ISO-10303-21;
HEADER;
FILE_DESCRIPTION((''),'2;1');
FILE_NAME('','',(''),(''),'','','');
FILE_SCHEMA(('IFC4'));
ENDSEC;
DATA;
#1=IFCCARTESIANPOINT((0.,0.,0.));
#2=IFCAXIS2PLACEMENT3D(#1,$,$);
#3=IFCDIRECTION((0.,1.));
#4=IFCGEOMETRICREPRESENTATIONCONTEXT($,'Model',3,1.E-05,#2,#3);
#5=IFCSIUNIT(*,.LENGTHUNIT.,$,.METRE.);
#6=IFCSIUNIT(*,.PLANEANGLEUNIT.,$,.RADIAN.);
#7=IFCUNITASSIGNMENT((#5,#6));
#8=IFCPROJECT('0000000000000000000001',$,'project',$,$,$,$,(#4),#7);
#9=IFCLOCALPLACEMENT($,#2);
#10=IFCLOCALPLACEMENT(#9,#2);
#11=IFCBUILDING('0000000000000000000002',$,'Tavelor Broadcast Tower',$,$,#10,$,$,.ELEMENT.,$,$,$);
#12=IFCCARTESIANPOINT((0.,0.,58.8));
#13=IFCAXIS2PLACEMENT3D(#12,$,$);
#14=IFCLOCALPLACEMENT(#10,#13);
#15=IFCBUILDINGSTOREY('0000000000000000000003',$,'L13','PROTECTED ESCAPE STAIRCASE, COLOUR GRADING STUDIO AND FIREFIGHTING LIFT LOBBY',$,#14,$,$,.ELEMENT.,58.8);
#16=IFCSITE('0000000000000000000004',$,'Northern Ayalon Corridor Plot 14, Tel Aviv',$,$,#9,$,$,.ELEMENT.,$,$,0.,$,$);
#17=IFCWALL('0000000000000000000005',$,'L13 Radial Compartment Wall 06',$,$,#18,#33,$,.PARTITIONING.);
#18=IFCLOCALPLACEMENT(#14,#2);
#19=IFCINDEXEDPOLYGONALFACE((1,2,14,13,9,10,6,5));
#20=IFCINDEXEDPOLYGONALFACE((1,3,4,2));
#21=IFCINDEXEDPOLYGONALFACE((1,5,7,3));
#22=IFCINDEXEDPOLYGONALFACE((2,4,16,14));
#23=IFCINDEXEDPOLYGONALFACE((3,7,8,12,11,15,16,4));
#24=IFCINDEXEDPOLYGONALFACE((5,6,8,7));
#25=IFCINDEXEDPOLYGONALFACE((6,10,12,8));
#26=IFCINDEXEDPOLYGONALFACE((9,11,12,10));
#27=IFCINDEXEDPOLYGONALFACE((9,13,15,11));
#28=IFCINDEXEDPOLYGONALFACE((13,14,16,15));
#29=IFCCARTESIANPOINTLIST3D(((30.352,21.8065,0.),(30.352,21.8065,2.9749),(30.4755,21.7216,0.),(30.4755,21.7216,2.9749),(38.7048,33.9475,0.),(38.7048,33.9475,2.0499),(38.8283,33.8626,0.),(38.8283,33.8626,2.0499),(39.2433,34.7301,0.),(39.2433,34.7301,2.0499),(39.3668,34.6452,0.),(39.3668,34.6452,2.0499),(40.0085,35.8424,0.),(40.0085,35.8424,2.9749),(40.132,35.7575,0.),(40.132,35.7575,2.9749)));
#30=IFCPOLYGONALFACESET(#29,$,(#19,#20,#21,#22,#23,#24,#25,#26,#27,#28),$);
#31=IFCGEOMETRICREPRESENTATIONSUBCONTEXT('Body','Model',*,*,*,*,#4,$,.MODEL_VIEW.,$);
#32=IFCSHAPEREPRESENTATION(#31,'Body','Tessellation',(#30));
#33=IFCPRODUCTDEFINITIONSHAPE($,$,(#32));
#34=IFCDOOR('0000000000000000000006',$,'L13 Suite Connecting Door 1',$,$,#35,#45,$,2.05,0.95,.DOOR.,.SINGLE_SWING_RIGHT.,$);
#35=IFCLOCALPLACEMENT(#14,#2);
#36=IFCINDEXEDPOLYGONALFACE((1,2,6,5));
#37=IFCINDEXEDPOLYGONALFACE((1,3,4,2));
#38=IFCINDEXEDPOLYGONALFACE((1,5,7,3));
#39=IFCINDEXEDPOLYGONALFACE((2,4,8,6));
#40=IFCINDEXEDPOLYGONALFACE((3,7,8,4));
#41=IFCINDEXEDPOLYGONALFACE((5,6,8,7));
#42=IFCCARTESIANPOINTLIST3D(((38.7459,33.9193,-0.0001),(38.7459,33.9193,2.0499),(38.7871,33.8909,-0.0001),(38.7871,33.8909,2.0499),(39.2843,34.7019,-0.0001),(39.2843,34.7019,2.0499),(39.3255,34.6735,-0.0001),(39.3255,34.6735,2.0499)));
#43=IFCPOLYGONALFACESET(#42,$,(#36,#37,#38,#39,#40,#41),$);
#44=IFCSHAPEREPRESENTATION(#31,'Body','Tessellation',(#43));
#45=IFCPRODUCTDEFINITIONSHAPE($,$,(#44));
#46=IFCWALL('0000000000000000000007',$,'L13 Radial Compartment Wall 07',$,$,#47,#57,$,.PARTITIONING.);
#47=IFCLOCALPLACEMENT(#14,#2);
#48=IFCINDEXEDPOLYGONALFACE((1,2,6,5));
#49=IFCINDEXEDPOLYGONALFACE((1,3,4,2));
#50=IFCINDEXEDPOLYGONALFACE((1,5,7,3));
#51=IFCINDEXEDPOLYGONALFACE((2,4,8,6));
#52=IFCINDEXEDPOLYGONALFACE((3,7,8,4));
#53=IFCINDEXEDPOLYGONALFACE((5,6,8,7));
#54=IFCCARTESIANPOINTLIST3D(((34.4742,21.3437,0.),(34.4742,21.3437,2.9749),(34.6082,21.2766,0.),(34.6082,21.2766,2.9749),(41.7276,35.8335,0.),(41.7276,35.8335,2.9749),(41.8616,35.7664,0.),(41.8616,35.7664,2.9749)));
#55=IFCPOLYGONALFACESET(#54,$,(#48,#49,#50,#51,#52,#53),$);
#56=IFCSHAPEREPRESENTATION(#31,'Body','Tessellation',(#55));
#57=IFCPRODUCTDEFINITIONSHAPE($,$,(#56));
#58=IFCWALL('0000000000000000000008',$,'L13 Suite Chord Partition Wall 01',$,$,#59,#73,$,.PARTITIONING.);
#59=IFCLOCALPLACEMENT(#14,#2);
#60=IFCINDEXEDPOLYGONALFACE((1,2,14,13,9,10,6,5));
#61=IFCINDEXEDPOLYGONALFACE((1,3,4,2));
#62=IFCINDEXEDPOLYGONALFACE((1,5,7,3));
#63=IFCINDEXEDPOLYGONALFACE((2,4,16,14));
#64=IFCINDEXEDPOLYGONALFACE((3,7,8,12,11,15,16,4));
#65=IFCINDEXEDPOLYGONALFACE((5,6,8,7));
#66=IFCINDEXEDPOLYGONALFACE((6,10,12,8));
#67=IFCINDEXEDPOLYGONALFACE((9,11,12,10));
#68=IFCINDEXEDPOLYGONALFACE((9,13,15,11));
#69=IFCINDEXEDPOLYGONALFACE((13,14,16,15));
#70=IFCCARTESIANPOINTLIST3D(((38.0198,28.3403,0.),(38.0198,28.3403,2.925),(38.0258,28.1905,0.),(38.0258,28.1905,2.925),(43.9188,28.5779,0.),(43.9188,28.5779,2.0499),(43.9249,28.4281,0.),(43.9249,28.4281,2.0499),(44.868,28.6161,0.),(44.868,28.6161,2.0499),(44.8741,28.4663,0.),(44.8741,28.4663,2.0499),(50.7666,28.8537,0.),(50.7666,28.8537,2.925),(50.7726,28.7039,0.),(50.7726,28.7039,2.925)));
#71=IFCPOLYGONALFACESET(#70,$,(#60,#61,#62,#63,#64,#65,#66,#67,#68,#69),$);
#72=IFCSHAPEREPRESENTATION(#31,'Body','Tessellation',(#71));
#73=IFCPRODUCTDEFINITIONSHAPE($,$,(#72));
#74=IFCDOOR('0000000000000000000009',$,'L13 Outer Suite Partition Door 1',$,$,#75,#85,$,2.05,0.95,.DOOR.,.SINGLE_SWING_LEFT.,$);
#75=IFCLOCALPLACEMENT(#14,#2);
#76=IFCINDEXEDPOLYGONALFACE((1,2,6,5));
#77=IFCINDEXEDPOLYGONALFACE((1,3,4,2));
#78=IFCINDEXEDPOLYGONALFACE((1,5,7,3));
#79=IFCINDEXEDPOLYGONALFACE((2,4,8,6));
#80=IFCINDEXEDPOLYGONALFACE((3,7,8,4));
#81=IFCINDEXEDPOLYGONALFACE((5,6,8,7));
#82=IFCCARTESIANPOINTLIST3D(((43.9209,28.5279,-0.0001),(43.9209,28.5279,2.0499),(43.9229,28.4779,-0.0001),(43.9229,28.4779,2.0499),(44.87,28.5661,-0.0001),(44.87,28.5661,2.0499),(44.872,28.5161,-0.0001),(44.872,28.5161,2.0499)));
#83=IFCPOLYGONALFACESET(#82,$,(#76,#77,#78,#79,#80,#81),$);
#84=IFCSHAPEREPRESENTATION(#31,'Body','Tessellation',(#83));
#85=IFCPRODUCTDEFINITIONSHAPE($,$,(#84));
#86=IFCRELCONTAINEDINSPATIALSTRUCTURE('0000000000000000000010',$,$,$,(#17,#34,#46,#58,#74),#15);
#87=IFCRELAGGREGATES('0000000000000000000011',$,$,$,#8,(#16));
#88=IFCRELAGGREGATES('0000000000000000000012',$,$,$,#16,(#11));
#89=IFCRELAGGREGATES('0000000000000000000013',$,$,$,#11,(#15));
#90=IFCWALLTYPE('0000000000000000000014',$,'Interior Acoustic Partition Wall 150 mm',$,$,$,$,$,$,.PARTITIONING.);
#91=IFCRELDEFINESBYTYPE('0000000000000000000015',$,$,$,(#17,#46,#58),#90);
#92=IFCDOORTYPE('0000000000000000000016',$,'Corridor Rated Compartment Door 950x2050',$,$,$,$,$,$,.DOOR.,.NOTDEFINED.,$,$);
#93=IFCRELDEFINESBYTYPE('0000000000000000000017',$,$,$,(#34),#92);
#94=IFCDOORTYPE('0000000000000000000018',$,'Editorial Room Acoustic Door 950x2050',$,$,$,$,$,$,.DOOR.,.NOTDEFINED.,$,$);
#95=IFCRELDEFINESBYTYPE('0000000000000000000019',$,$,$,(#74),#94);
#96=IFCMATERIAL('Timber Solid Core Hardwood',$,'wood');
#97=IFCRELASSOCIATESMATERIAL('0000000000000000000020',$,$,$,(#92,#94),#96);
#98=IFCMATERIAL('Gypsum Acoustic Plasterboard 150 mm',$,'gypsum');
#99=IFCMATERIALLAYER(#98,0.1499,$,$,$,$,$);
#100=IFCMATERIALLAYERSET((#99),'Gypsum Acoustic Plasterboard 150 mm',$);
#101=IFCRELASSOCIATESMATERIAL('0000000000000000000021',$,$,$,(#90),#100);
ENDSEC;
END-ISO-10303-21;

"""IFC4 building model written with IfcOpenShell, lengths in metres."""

from ifc_helpers import new_model, si_unit, direction, frame, frame_2d, origin, place, context, subcontext, project, spatial, rectangle, extrude, material, layer, layer_set, type_object, element, fill, save


model = new_model("IFC4")

# Units and contexts
model_context = context("Model", 3, precision=1e-05, world=origin(), true_north=direction((0.0, 1.0)))
body_context = subcontext(model_context, "Body", "Model", "MODEL_VIEW")
ifc_project = project(units=[si_unit("LENGTHUNIT", "METRE"), si_unit("PLANEANGLEUNIT", "RADIAN")], contexts=[model_context])

# Site, building, storey
site_placement = place(None, origin())
site = spatial("IfcSite", under=ifc_project, at=site_placement, Name="Northern Ayalon Corridor Plot 14, Tel Aviv", CompositionType="ELEMENT", RefElevation=0.0)
building_placement = place(site_placement, origin())
building = spatial("IfcBuilding", under=site, at=building_placement, Name="Tavelor Broadcast Tower", CompositionType="ELEMENT")
storey_placement = place(building_placement, frame((0.0, 0.0, 58.8)))
storey = spatial("IfcBuildingStorey", under=building, at=storey_placement, Name="L13", Description="PROTECTED ESCAPE STAIRCASE, COLOUR GRADING STUDIO AND FIREFIGHTING LIFT LOBBY", CompositionType="ELEMENT", Elevation=58.8)

# Shared definitions
ifc_material_1 = material(Name="Timber Solid Core Hardwood", Category="wood")
door_type_1 = type_object("IfcDoorType", Name="Corridor Rated Compartment Door 950x2050", OperationType="NOTDEFINED", PredefinedType="DOOR", material=ifc_material_1)

# Wall, opening, door
ifc_material_2 = material(Name="Gypsum Acoustic Plasterboard 150 mm", Category="gypsum")
ifc_layer_1 = layer(ifc_material_2, 0.1499)
ifc_layer_set_1 = layer_set([ifc_layer_1], Name="Gypsum Acoustic Plasterboard 150 mm")
wall_type_1 = type_object("IfcWallType", Name="Interior Acoustic Partition Wall 150 mm", PredefinedType="PARTITIONING", material=ifc_layer_set_1)
wall_1_placement = place(storey_placement, frame((40.0703, 35.8, 0.0), z_axis=(0.0, 0.0, 1.0), x_axis=(-0.566801, -0.823855, 0.0)))
wall_1 = element("IfcWall", 1, at=wall_1_placement, inside=storey, type_object=wall_type_1, Name="L13 Radial Compartment Wall 06", PredefinedType="PARTITIONING", context=body_context, shape_type="SweptSolid", body=[
    extrude(rectangle(XDim=17.0369, YDim=0.1499, at=frame_2d((8.5186, 0.0))), origin(), (0.0, 0.0, 1.0), 2.9749),
])
opening_1_placement = place(wall_1_placement, frame((1.3501, 0.0, 0.0)))
opening_1 = element("IfcOpeningElement", 2, at=opening_1_placement, cuts=wall_1, PredefinedType="OPENING", context=body_context, shape_type="SweptSolid", body=[
    extrude(rectangle(XDim=0.95, YDim=2.05, at=frame_2d((0.4751, 1.0249))), frame((0.0, 0.085, 0.0), z_axis=(0.0, -1.0, 0.0), x_axis=(1.0, 0.0, 0.0)), (0.0, 0.0, 1.0), 0.1699),
])
door_1_placement = place(opening_1_placement, origin())
door_1 = element("IfcDoor", 3, at=door_1_placement, inside=storey, type_object=door_type_1, Name="L13 Suite Connecting Door 1", OperationType="SINGLE_SWING_RIGHT", OverallHeight=2.05, OverallWidth=0.95, PredefinedType="DOOR", context=body_context, shape_type="SweptSolid", body=[
    extrude(rectangle(XDim=0.95, YDim=2.05, at=frame_2d((0.4751, 1.0249))), frame((0.0, 0.0249, 0.0), z_axis=(0.0, -1.0, 0.0), x_axis=(1.0, 0.0, 0.0)), (0.0, 0.0, 1.0), 0.05),
])
fill(opening_1, door_1)

# Wall
wall_2_placement = place(storey_placement, frame((41.7947, 35.8, 0.0), z_axis=(0.0, 0.0, 1.0), x_axis=(-0.447635, -0.894216, 0.0)))
element("IfcWall", 4, at=wall_2_placement, inside=storey, type_object=wall_type_1, Name="L13 Radial Compartment Wall 07", PredefinedType="PARTITIONING", context=body_context, shape_type="SweptSolid", body=[
    extrude(rectangle(XDim=16.2039, YDim=0.1499, at=frame_2d((8.1021, 0.0))), origin(), (0.0, 0.0, 1.0), 2.9749),
])

# Wall, opening, door
wall_3_placement = place(storey_placement, frame((38.0229, 28.2654, 0.0), z_axis=(0.0, 0.0, 1.0), x_axis=(0.99919, 0.040246, 0.0)))
wall_3 = element("IfcWall", 5, at=wall_3_placement, inside=storey, type_object=wall_type_1, Name="L13 Suite Chord Partition Wall 01", PredefinedType="PARTITIONING", context=body_context, shape_type="SweptSolid", body=[
    extrude(rectangle(XDim=12.7571, YDim=0.1499, at=frame_2d((6.3784, 0.0))), origin(), (0.0, 0.0, 1.0), 2.925),
])
opening_2_placement = place(wall_3_placement, frame((5.9036, 0.0, 0.0)))
opening_2 = element("IfcOpeningElement", 6, at=opening_2_placement, cuts=wall_3, PredefinedType="OPENING", context=body_context, shape_type="SweptSolid", body=[
    extrude(rectangle(XDim=0.95, YDim=2.05, at=frame_2d((0.4751, 1.0249))), frame((0.0, 0.085, 0.0), z_axis=(0.0, -1.0, 0.0), x_axis=(1.0, 0.0, 0.0)), (0.0, 0.0, 1.0), 0.1699),
])
door_type_2 = type_object("IfcDoorType", Name="Editorial Room Acoustic Door 950x2050", OperationType="NOTDEFINED", PredefinedType="DOOR", material=ifc_material_1)
door_2_placement = place(opening_2_placement, origin())
door_2 = element("IfcDoor", 7, at=door_2_placement, inside=storey, type_object=door_type_2, Name="L13 Outer Suite Partition Door 1", OperationType="SINGLE_SWING_LEFT", OverallHeight=2.05, OverallWidth=0.95, PredefinedType="DOOR", context=body_context, shape_type="SweptSolid", body=[
    extrude(rectangle(XDim=0.95, YDim=2.05, at=frame_2d((0.4751, 1.0249))), frame((0.0, 0.0249, 0.0), z_axis=(0.0, -1.0, 0.0), x_axis=(1.0, 0.0, 0.0)), (0.0, 0.0, 1.0), 0.05),
])
fill(opening_2, door_2)

save(model, "model.ifc")
